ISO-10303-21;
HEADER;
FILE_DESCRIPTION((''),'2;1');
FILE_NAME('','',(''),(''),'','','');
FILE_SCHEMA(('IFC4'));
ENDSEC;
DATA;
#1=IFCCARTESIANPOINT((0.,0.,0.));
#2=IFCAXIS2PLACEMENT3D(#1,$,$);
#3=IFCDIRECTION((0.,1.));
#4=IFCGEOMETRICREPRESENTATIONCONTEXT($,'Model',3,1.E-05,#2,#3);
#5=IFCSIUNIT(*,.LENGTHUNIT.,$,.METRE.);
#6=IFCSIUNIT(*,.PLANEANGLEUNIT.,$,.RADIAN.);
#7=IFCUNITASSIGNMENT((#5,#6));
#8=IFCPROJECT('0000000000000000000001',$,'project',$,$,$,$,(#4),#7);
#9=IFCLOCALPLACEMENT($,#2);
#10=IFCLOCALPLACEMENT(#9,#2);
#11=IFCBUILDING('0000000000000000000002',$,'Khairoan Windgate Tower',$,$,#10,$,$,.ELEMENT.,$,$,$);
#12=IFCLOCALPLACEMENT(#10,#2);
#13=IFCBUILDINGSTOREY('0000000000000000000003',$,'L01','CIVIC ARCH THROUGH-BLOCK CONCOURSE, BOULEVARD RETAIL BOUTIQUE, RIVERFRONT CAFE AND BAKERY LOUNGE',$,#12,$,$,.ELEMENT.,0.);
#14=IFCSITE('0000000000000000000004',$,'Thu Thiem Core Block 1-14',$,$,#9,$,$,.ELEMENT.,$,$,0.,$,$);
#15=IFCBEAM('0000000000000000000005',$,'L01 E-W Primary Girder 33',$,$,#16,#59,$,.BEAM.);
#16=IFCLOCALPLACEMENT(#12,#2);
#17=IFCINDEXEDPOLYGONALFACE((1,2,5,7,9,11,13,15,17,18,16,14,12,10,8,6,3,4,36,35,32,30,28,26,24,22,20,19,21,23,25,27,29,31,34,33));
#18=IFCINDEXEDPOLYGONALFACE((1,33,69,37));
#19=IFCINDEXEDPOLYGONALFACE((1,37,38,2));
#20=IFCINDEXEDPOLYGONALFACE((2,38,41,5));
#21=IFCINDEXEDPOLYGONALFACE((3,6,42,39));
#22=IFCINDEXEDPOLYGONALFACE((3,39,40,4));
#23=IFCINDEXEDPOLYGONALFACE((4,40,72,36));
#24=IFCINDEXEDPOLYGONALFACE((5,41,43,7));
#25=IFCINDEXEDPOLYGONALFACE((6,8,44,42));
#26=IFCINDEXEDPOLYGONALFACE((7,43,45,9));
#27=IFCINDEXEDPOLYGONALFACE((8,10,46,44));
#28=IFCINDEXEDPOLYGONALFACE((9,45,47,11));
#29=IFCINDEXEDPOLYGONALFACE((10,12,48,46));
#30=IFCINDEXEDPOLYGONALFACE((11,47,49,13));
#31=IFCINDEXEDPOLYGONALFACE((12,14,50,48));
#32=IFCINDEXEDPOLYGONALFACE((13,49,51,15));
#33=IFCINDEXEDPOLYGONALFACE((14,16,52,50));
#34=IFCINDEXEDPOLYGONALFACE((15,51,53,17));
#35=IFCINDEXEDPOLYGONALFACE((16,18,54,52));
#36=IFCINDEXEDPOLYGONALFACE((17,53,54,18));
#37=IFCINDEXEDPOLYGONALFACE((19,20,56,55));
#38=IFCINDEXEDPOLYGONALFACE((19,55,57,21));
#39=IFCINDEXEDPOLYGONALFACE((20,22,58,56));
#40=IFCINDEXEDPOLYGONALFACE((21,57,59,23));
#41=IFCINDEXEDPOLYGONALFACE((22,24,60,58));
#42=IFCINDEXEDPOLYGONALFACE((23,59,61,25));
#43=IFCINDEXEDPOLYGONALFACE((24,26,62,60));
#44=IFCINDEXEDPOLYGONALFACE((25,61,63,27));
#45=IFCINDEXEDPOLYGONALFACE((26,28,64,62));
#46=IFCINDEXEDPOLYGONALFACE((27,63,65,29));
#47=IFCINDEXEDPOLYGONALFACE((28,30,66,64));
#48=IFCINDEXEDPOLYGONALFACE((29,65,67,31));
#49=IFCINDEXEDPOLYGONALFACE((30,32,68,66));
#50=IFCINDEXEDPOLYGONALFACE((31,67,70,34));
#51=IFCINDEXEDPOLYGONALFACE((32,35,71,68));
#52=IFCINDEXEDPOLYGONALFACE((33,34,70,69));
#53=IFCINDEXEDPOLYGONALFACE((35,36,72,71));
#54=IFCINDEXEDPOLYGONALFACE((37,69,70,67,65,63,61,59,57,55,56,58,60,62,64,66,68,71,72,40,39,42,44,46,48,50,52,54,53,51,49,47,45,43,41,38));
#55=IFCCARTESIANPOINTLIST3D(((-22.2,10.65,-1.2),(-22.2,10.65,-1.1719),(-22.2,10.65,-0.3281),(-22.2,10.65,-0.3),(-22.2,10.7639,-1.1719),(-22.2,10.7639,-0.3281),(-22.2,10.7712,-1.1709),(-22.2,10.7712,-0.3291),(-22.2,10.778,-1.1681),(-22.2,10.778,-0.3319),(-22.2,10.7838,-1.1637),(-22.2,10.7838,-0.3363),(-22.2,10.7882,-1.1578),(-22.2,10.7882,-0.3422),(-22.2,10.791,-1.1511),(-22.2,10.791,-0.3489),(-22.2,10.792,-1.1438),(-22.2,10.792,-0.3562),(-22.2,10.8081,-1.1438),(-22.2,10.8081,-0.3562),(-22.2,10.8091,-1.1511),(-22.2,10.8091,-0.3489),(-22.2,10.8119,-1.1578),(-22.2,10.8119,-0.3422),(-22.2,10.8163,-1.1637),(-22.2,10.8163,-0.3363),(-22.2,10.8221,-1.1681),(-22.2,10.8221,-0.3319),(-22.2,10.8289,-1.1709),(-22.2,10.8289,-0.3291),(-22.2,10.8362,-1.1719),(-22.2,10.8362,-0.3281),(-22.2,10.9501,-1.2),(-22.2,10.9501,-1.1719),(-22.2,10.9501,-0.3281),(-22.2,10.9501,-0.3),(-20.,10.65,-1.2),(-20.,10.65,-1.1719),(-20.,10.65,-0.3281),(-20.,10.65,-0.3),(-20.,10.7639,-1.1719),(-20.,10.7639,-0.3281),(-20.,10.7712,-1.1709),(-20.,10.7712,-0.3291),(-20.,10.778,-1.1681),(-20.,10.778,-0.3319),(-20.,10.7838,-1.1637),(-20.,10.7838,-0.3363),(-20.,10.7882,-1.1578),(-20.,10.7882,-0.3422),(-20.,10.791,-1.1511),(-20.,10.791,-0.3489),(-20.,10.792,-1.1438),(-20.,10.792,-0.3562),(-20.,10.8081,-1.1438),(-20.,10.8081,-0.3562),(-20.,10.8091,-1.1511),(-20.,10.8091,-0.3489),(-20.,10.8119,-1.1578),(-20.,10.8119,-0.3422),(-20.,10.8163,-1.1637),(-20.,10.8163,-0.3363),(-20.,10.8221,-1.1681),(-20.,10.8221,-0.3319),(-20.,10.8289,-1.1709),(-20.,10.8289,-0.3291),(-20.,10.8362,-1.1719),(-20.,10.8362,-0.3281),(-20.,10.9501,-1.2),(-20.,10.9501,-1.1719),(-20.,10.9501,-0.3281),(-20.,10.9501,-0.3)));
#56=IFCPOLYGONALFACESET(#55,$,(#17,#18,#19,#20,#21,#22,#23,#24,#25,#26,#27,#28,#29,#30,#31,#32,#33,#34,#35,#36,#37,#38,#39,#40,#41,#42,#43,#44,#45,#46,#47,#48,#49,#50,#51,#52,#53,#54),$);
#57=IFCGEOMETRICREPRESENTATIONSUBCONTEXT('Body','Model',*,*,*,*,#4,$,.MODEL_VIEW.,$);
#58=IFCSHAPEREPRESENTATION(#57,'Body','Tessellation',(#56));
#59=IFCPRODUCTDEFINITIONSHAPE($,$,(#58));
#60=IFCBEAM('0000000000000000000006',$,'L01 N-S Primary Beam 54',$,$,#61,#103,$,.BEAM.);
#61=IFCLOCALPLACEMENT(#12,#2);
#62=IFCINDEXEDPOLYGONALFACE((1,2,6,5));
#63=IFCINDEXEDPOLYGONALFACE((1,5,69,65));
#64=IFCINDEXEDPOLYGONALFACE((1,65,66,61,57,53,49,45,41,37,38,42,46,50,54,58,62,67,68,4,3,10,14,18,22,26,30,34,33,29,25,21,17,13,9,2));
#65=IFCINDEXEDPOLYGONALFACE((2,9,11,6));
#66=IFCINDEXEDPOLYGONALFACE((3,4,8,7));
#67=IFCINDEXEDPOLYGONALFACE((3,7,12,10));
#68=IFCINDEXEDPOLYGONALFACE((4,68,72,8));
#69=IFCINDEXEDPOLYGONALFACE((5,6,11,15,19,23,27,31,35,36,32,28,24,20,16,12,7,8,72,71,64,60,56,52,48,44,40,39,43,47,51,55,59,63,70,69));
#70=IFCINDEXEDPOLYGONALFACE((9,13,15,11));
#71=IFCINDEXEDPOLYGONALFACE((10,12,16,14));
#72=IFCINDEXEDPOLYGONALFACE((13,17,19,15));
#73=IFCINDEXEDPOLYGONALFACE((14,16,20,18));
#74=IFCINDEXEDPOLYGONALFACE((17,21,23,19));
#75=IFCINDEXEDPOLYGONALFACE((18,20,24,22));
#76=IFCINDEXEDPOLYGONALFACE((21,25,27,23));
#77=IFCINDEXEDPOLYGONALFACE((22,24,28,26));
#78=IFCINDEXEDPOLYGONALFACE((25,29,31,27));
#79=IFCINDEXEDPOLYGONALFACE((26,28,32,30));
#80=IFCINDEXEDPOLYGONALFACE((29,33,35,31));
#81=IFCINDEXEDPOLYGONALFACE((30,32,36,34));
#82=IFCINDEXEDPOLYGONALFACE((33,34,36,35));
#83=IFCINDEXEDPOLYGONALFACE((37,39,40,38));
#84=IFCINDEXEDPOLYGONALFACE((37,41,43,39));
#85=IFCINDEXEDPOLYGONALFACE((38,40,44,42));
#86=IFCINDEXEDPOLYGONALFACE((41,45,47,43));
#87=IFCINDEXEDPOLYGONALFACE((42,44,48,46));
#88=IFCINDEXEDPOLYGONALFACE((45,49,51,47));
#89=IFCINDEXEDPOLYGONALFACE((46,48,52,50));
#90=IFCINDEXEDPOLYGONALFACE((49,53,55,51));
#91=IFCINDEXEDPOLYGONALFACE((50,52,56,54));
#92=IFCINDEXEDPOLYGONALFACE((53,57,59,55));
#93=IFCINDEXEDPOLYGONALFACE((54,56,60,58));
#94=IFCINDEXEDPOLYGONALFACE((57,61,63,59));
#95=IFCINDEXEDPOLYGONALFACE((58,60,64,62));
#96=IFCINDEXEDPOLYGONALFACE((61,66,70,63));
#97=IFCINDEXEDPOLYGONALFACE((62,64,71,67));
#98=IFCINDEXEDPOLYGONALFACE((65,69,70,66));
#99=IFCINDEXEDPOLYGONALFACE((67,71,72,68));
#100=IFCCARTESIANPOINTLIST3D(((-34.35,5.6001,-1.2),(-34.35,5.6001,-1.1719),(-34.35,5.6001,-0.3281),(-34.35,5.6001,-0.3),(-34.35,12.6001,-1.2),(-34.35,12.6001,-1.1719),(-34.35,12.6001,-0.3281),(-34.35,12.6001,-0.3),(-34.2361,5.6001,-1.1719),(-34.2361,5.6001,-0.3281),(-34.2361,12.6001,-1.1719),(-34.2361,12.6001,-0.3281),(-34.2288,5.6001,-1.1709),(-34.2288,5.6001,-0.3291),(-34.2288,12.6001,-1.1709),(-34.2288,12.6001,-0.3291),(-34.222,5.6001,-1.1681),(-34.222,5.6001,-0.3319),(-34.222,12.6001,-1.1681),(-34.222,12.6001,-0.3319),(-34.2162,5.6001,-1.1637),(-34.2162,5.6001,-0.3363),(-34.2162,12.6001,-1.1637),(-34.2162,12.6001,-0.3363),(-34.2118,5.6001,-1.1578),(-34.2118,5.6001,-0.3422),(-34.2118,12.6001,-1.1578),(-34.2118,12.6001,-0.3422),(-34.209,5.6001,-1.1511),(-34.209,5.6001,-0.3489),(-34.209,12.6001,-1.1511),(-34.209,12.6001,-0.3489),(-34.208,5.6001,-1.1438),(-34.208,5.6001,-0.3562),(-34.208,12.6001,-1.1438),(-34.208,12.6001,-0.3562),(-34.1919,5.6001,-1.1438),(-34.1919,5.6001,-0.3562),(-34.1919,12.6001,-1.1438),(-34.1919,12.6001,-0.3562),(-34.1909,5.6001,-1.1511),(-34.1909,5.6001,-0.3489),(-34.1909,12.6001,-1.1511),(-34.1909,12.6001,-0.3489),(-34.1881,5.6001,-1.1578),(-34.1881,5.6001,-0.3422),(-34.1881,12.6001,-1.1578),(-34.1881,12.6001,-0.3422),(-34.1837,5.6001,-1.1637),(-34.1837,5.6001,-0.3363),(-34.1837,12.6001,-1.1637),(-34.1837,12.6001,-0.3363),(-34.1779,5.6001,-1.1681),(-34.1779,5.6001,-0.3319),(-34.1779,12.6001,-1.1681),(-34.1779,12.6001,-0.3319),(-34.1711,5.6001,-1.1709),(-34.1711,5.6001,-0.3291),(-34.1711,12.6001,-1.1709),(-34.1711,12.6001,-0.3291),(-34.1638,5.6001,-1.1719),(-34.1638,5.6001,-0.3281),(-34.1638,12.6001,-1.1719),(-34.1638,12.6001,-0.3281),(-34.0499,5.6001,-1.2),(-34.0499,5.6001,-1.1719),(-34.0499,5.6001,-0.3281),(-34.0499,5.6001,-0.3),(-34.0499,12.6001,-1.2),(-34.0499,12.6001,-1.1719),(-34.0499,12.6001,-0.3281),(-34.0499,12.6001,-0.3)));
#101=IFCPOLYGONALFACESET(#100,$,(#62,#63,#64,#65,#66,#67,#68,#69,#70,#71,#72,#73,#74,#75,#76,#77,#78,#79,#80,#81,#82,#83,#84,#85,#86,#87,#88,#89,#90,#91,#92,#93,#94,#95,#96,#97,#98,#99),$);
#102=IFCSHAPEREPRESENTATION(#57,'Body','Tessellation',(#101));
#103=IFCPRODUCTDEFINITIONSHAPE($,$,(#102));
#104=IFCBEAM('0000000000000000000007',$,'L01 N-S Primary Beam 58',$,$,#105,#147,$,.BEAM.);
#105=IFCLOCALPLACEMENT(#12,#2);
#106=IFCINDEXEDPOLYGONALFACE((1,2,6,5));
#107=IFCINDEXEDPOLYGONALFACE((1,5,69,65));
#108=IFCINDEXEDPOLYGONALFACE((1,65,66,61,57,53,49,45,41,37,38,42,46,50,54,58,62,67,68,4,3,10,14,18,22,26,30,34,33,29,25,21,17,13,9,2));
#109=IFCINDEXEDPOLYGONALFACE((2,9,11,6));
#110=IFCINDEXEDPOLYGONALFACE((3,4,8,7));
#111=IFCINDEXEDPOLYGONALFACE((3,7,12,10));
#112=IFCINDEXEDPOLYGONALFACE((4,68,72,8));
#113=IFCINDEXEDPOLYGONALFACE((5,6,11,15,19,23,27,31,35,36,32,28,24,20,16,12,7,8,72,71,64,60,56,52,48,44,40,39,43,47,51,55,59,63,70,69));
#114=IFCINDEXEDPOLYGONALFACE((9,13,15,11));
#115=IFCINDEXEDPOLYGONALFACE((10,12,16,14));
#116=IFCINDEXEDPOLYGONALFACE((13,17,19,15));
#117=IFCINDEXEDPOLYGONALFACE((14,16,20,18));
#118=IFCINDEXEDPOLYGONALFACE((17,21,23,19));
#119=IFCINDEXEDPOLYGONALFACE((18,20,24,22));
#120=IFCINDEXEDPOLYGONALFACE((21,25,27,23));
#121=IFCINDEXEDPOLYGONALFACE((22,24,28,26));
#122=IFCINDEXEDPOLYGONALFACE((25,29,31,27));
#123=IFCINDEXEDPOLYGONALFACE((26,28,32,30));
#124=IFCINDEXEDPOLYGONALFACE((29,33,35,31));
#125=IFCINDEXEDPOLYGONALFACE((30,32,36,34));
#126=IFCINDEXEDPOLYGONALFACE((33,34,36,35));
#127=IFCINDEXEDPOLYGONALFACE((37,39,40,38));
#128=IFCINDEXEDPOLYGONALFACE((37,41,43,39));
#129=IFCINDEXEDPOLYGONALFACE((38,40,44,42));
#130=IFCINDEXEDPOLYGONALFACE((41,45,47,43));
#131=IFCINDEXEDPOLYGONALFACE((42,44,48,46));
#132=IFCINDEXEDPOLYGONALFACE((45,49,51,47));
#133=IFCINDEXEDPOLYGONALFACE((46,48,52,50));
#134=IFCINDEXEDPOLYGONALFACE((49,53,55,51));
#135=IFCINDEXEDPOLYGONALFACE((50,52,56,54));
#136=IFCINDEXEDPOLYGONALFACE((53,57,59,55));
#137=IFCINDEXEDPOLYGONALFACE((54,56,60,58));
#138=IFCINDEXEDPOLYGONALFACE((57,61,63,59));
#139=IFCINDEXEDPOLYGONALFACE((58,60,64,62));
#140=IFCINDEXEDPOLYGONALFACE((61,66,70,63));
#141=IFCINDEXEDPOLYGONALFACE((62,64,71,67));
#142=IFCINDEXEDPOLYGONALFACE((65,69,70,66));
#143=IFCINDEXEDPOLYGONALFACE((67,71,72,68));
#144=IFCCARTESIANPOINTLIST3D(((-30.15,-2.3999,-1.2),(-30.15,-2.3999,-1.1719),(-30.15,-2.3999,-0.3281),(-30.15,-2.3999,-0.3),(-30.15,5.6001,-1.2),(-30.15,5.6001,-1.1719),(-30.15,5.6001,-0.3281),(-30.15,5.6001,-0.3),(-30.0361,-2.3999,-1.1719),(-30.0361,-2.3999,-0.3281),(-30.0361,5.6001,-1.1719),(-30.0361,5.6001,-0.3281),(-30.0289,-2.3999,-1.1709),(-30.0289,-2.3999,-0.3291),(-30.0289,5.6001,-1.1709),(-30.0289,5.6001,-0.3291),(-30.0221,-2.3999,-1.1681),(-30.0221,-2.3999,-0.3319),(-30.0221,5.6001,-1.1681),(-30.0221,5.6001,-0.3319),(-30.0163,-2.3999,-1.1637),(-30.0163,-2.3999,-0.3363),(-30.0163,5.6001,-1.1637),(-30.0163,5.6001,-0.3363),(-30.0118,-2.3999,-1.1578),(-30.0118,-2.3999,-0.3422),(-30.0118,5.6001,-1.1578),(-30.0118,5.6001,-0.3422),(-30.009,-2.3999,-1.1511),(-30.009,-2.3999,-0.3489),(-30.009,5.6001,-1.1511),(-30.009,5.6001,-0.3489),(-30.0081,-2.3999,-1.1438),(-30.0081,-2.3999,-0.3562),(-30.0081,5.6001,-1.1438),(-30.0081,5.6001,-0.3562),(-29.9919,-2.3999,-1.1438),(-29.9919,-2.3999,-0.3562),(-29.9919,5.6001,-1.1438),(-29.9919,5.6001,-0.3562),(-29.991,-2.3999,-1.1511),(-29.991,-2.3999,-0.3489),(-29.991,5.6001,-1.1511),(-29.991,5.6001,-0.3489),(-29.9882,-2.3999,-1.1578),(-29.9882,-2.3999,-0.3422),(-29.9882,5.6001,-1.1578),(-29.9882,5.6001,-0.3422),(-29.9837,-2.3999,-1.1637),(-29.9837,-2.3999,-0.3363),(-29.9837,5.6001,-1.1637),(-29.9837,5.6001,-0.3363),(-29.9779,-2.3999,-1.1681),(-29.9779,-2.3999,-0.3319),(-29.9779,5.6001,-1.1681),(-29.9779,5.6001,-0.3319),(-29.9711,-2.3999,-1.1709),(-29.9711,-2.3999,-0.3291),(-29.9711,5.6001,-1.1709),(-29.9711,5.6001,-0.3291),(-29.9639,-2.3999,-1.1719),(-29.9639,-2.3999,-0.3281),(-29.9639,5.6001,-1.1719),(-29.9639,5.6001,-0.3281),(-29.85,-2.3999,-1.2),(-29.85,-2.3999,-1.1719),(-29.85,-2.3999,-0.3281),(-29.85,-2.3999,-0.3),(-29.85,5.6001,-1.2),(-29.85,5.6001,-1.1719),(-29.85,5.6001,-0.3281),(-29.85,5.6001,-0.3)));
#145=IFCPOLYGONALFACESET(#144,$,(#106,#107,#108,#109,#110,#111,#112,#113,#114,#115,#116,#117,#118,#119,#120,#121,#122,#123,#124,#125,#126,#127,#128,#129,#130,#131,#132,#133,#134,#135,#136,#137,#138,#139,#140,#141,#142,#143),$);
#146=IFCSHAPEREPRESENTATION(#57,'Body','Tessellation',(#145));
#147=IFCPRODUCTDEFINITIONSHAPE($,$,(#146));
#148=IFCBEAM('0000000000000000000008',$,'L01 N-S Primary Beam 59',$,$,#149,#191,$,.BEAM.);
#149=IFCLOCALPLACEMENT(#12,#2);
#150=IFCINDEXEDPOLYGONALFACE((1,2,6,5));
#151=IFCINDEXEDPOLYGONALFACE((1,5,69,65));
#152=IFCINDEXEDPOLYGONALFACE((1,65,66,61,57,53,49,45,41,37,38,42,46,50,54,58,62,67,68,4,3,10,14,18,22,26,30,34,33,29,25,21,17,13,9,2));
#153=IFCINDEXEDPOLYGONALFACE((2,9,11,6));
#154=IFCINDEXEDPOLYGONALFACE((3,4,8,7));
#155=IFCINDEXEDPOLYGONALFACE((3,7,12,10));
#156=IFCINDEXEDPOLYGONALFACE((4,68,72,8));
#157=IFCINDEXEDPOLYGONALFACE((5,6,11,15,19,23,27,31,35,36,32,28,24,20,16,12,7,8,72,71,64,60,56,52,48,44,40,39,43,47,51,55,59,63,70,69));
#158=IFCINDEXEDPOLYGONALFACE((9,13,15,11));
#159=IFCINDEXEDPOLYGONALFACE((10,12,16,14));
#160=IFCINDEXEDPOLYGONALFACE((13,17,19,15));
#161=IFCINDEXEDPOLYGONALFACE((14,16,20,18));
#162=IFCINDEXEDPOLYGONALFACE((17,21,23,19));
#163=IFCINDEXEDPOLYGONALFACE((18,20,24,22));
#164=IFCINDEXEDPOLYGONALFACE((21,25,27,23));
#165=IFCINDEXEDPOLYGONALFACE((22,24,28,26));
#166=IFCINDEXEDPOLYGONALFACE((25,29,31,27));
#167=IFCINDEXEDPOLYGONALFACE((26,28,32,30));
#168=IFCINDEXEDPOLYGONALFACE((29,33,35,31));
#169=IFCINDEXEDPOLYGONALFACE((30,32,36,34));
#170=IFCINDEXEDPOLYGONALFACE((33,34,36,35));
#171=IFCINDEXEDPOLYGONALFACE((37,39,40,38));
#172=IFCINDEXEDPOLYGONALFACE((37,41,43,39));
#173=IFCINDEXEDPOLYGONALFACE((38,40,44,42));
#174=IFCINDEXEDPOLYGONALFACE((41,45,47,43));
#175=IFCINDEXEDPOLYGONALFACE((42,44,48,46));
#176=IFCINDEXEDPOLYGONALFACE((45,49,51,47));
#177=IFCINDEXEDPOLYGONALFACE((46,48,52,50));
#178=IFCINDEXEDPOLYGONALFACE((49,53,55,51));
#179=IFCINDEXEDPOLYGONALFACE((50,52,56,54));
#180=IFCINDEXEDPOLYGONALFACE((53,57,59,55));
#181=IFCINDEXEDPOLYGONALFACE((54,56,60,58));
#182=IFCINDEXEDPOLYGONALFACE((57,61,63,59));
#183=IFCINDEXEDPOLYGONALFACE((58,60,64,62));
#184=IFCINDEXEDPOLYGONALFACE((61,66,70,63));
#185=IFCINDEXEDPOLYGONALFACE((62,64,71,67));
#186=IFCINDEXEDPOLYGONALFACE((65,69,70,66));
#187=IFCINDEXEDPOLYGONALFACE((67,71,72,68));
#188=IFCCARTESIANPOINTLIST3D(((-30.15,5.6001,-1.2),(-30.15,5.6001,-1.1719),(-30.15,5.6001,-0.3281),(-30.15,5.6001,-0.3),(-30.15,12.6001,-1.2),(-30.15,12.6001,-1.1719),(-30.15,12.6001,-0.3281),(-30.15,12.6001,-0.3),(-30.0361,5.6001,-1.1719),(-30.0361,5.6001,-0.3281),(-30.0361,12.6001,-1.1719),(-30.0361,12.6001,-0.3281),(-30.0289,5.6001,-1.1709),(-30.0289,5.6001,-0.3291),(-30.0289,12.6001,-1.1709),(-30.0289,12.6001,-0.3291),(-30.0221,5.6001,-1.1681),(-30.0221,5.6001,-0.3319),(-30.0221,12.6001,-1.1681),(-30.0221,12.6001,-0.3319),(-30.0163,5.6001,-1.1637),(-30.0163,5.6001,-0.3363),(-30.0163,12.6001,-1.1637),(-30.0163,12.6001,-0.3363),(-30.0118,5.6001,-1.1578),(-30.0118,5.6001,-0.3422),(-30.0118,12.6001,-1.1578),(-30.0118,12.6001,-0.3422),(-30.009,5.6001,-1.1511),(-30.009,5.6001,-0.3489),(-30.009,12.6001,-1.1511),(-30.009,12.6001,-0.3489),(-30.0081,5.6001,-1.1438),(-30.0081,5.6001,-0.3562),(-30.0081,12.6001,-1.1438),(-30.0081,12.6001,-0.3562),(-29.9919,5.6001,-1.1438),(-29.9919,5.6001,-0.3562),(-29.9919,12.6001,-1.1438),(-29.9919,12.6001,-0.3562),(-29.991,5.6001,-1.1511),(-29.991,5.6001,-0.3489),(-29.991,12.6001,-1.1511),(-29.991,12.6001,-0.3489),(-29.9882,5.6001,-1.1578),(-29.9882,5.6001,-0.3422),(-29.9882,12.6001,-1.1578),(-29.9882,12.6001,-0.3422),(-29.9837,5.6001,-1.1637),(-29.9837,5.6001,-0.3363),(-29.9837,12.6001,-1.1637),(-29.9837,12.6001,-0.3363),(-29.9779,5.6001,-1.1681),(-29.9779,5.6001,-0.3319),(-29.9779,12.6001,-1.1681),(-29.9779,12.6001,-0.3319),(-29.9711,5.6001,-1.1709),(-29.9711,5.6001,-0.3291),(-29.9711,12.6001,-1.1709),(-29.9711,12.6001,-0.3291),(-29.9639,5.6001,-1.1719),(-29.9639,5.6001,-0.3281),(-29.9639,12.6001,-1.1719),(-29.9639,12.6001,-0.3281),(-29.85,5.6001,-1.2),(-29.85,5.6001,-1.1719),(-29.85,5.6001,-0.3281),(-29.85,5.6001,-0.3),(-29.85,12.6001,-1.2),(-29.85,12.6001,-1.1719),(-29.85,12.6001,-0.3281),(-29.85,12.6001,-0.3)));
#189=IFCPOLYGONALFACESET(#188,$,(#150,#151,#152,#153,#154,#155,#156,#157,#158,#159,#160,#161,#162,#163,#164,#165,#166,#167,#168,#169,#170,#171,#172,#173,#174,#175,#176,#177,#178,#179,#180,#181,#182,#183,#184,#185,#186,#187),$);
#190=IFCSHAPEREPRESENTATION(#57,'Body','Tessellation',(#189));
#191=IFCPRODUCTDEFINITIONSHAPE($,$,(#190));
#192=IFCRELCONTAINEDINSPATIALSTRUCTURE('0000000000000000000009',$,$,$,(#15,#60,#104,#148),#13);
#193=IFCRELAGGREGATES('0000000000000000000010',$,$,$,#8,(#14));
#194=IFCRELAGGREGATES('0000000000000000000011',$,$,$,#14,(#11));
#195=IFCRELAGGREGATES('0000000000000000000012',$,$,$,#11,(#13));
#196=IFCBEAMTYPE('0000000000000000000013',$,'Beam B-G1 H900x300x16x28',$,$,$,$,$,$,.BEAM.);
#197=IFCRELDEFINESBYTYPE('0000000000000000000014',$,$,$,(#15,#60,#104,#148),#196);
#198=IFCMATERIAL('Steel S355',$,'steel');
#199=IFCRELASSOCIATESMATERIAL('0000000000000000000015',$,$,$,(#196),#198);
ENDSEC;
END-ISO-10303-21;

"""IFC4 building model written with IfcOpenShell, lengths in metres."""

from ifc_helpers import new_model, si_unit, direction, frame, origin, origin_2d, place, context, subcontext, project, spatial, i_section, extrude, material, material_profile, profile_set, type_object, element, save


model = new_model("IFC4")

# Units and contexts
model_context = context("Model", 3, precision=1e-05, world=origin(), true_north=direction((0.0, 1.0)))
body_context = subcontext(model_context, "Body", "Model", "MODEL_VIEW")
ifc_project = project(units=[si_unit("LENGTHUNIT", "METRE"), si_unit("PLANEANGLEUNIT", "RADIAN")], contexts=[model_context])

# Site, building, storey
site_placement = place(None, origin())
site = spatial("IfcSite", under=ifc_project, at=site_placement, Name="Thu Thiem Core Block 1-14", CompositionType="ELEMENT", RefElevation=0.0)
building_placement = place(site_placement, origin())
building = spatial("IfcBuilding", under=site, at=building_placement, Name="Khairoan Windgate Tower", CompositionType="ELEMENT")
storey_placement = place(building_placement, origin())
storey = spatial("IfcBuildingStorey", under=building, at=storey_placement, Name="L01", Description="CIVIC ARCH THROUGH-BLOCK CONCOURSE, BOULEVARD RETAIL BOUTIQUE, RIVERFRONT CAFE AND BAKERY LOUNGE", CompositionType="ELEMENT", Elevation=0.0)

# Beams
ifc_material_1 = material(Name="Steel S355", Category="steel")
ifc_material_profile_1 = material_profile(ifc_material_1, i_section(OverallWidth=0.3, OverallDepth=0.8999, WebThickness=0.0161, FlangeThickness=0.0281, FilletRadius=0.0281, at=origin_2d()))
ifc_profile_set_1 = profile_set([ifc_material_profile_1], Name="Steel S355")
beam_type_1 = type_object("IfcBeamType", Name="Beam B-G1 H900x300x16x28", PredefinedType="BEAM", material=ifc_profile_set_1)
beam_1_placement = place(storey_placement, frame((-22.2, 10.8, -0.75), z_axis=(1.0, 0.0, 0.0), x_axis=(0.0, 1.0, 0.0)))
element("IfcBeam", 1, at=beam_1_placement, inside=storey, type_object=beam_type_1, Name="L01 E-W Primary Girder 33", PredefinedType="BEAM", context=body_context, shape_type="SweptSolid", body=[
    extrude(i_section(OverallWidth=0.3, OverallDepth=0.8999, WebThickness=0.0161, FlangeThickness=0.0281, FilletRadius=0.0281, at=origin_2d()), origin(), (0.0, 0.0, 1.0), 2.2),
])
beam_2_placement = place(storey_placement, frame((-34.2, 5.6001, -0.75), z_axis=(0.0, 1.0, 0.0), x_axis=(-1.0, 0.0, 0.0)))
element("IfcBeam", 2, at=beam_2_placement, inside=storey, type_object=beam_type_1, Name="L01 N-S Primary Beam 54", PredefinedType="BEAM", context=body_context, shape_type="SweptSolid", body=[
    extrude(i_section(OverallWidth=0.3, OverallDepth=0.8999, WebThickness=0.0161, FlangeThickness=0.0281, FilletRadius=0.0281, at=origin_2d()), origin(), (0.0, 0.0, 1.0), 7.0),
])
beam_3_placement = place(storey_placement, frame((-30.0, -2.3999, -0.75), z_axis=(0.0, 1.0, 0.0), x_axis=(-1.0, 0.0, 0.0)))
element("IfcBeam", 3, at=beam_3_placement, inside=storey, type_object=beam_type_1, Name="L01 N-S Primary Beam 58", PredefinedType="BEAM", context=body_context, shape_type="SweptSolid", body=[
    extrude(i_section(OverallWidth=0.3, OverallDepth=0.8999, WebThickness=0.0161, FlangeThickness=0.0281, FilletRadius=0.0281, at=origin_2d()), origin(), (0.0, 0.0, 1.0), 8.0),
])
beam_4_placement = place(storey_placement, frame((-30.0, 5.6001, -0.75), z_axis=(0.0, 1.0, 0.0), x_axis=(-1.0, 0.0, 0.0)))
element("IfcBeam", 4, at=beam_4_placement, inside=storey, type_object=beam_type_1, Name="L01 N-S Primary Beam 59", PredefinedType="BEAM", context=body_context, shape_type="SweptSolid", body=[
    extrude(i_section(OverallWidth=0.3, OverallDepth=0.8999, WebThickness=0.0161, FlangeThickness=0.0281, FilletRadius=0.0281, at=origin_2d()), origin(), (0.0, 0.0, 1.0), 7.0),
])

save(model, "model.ifc")
